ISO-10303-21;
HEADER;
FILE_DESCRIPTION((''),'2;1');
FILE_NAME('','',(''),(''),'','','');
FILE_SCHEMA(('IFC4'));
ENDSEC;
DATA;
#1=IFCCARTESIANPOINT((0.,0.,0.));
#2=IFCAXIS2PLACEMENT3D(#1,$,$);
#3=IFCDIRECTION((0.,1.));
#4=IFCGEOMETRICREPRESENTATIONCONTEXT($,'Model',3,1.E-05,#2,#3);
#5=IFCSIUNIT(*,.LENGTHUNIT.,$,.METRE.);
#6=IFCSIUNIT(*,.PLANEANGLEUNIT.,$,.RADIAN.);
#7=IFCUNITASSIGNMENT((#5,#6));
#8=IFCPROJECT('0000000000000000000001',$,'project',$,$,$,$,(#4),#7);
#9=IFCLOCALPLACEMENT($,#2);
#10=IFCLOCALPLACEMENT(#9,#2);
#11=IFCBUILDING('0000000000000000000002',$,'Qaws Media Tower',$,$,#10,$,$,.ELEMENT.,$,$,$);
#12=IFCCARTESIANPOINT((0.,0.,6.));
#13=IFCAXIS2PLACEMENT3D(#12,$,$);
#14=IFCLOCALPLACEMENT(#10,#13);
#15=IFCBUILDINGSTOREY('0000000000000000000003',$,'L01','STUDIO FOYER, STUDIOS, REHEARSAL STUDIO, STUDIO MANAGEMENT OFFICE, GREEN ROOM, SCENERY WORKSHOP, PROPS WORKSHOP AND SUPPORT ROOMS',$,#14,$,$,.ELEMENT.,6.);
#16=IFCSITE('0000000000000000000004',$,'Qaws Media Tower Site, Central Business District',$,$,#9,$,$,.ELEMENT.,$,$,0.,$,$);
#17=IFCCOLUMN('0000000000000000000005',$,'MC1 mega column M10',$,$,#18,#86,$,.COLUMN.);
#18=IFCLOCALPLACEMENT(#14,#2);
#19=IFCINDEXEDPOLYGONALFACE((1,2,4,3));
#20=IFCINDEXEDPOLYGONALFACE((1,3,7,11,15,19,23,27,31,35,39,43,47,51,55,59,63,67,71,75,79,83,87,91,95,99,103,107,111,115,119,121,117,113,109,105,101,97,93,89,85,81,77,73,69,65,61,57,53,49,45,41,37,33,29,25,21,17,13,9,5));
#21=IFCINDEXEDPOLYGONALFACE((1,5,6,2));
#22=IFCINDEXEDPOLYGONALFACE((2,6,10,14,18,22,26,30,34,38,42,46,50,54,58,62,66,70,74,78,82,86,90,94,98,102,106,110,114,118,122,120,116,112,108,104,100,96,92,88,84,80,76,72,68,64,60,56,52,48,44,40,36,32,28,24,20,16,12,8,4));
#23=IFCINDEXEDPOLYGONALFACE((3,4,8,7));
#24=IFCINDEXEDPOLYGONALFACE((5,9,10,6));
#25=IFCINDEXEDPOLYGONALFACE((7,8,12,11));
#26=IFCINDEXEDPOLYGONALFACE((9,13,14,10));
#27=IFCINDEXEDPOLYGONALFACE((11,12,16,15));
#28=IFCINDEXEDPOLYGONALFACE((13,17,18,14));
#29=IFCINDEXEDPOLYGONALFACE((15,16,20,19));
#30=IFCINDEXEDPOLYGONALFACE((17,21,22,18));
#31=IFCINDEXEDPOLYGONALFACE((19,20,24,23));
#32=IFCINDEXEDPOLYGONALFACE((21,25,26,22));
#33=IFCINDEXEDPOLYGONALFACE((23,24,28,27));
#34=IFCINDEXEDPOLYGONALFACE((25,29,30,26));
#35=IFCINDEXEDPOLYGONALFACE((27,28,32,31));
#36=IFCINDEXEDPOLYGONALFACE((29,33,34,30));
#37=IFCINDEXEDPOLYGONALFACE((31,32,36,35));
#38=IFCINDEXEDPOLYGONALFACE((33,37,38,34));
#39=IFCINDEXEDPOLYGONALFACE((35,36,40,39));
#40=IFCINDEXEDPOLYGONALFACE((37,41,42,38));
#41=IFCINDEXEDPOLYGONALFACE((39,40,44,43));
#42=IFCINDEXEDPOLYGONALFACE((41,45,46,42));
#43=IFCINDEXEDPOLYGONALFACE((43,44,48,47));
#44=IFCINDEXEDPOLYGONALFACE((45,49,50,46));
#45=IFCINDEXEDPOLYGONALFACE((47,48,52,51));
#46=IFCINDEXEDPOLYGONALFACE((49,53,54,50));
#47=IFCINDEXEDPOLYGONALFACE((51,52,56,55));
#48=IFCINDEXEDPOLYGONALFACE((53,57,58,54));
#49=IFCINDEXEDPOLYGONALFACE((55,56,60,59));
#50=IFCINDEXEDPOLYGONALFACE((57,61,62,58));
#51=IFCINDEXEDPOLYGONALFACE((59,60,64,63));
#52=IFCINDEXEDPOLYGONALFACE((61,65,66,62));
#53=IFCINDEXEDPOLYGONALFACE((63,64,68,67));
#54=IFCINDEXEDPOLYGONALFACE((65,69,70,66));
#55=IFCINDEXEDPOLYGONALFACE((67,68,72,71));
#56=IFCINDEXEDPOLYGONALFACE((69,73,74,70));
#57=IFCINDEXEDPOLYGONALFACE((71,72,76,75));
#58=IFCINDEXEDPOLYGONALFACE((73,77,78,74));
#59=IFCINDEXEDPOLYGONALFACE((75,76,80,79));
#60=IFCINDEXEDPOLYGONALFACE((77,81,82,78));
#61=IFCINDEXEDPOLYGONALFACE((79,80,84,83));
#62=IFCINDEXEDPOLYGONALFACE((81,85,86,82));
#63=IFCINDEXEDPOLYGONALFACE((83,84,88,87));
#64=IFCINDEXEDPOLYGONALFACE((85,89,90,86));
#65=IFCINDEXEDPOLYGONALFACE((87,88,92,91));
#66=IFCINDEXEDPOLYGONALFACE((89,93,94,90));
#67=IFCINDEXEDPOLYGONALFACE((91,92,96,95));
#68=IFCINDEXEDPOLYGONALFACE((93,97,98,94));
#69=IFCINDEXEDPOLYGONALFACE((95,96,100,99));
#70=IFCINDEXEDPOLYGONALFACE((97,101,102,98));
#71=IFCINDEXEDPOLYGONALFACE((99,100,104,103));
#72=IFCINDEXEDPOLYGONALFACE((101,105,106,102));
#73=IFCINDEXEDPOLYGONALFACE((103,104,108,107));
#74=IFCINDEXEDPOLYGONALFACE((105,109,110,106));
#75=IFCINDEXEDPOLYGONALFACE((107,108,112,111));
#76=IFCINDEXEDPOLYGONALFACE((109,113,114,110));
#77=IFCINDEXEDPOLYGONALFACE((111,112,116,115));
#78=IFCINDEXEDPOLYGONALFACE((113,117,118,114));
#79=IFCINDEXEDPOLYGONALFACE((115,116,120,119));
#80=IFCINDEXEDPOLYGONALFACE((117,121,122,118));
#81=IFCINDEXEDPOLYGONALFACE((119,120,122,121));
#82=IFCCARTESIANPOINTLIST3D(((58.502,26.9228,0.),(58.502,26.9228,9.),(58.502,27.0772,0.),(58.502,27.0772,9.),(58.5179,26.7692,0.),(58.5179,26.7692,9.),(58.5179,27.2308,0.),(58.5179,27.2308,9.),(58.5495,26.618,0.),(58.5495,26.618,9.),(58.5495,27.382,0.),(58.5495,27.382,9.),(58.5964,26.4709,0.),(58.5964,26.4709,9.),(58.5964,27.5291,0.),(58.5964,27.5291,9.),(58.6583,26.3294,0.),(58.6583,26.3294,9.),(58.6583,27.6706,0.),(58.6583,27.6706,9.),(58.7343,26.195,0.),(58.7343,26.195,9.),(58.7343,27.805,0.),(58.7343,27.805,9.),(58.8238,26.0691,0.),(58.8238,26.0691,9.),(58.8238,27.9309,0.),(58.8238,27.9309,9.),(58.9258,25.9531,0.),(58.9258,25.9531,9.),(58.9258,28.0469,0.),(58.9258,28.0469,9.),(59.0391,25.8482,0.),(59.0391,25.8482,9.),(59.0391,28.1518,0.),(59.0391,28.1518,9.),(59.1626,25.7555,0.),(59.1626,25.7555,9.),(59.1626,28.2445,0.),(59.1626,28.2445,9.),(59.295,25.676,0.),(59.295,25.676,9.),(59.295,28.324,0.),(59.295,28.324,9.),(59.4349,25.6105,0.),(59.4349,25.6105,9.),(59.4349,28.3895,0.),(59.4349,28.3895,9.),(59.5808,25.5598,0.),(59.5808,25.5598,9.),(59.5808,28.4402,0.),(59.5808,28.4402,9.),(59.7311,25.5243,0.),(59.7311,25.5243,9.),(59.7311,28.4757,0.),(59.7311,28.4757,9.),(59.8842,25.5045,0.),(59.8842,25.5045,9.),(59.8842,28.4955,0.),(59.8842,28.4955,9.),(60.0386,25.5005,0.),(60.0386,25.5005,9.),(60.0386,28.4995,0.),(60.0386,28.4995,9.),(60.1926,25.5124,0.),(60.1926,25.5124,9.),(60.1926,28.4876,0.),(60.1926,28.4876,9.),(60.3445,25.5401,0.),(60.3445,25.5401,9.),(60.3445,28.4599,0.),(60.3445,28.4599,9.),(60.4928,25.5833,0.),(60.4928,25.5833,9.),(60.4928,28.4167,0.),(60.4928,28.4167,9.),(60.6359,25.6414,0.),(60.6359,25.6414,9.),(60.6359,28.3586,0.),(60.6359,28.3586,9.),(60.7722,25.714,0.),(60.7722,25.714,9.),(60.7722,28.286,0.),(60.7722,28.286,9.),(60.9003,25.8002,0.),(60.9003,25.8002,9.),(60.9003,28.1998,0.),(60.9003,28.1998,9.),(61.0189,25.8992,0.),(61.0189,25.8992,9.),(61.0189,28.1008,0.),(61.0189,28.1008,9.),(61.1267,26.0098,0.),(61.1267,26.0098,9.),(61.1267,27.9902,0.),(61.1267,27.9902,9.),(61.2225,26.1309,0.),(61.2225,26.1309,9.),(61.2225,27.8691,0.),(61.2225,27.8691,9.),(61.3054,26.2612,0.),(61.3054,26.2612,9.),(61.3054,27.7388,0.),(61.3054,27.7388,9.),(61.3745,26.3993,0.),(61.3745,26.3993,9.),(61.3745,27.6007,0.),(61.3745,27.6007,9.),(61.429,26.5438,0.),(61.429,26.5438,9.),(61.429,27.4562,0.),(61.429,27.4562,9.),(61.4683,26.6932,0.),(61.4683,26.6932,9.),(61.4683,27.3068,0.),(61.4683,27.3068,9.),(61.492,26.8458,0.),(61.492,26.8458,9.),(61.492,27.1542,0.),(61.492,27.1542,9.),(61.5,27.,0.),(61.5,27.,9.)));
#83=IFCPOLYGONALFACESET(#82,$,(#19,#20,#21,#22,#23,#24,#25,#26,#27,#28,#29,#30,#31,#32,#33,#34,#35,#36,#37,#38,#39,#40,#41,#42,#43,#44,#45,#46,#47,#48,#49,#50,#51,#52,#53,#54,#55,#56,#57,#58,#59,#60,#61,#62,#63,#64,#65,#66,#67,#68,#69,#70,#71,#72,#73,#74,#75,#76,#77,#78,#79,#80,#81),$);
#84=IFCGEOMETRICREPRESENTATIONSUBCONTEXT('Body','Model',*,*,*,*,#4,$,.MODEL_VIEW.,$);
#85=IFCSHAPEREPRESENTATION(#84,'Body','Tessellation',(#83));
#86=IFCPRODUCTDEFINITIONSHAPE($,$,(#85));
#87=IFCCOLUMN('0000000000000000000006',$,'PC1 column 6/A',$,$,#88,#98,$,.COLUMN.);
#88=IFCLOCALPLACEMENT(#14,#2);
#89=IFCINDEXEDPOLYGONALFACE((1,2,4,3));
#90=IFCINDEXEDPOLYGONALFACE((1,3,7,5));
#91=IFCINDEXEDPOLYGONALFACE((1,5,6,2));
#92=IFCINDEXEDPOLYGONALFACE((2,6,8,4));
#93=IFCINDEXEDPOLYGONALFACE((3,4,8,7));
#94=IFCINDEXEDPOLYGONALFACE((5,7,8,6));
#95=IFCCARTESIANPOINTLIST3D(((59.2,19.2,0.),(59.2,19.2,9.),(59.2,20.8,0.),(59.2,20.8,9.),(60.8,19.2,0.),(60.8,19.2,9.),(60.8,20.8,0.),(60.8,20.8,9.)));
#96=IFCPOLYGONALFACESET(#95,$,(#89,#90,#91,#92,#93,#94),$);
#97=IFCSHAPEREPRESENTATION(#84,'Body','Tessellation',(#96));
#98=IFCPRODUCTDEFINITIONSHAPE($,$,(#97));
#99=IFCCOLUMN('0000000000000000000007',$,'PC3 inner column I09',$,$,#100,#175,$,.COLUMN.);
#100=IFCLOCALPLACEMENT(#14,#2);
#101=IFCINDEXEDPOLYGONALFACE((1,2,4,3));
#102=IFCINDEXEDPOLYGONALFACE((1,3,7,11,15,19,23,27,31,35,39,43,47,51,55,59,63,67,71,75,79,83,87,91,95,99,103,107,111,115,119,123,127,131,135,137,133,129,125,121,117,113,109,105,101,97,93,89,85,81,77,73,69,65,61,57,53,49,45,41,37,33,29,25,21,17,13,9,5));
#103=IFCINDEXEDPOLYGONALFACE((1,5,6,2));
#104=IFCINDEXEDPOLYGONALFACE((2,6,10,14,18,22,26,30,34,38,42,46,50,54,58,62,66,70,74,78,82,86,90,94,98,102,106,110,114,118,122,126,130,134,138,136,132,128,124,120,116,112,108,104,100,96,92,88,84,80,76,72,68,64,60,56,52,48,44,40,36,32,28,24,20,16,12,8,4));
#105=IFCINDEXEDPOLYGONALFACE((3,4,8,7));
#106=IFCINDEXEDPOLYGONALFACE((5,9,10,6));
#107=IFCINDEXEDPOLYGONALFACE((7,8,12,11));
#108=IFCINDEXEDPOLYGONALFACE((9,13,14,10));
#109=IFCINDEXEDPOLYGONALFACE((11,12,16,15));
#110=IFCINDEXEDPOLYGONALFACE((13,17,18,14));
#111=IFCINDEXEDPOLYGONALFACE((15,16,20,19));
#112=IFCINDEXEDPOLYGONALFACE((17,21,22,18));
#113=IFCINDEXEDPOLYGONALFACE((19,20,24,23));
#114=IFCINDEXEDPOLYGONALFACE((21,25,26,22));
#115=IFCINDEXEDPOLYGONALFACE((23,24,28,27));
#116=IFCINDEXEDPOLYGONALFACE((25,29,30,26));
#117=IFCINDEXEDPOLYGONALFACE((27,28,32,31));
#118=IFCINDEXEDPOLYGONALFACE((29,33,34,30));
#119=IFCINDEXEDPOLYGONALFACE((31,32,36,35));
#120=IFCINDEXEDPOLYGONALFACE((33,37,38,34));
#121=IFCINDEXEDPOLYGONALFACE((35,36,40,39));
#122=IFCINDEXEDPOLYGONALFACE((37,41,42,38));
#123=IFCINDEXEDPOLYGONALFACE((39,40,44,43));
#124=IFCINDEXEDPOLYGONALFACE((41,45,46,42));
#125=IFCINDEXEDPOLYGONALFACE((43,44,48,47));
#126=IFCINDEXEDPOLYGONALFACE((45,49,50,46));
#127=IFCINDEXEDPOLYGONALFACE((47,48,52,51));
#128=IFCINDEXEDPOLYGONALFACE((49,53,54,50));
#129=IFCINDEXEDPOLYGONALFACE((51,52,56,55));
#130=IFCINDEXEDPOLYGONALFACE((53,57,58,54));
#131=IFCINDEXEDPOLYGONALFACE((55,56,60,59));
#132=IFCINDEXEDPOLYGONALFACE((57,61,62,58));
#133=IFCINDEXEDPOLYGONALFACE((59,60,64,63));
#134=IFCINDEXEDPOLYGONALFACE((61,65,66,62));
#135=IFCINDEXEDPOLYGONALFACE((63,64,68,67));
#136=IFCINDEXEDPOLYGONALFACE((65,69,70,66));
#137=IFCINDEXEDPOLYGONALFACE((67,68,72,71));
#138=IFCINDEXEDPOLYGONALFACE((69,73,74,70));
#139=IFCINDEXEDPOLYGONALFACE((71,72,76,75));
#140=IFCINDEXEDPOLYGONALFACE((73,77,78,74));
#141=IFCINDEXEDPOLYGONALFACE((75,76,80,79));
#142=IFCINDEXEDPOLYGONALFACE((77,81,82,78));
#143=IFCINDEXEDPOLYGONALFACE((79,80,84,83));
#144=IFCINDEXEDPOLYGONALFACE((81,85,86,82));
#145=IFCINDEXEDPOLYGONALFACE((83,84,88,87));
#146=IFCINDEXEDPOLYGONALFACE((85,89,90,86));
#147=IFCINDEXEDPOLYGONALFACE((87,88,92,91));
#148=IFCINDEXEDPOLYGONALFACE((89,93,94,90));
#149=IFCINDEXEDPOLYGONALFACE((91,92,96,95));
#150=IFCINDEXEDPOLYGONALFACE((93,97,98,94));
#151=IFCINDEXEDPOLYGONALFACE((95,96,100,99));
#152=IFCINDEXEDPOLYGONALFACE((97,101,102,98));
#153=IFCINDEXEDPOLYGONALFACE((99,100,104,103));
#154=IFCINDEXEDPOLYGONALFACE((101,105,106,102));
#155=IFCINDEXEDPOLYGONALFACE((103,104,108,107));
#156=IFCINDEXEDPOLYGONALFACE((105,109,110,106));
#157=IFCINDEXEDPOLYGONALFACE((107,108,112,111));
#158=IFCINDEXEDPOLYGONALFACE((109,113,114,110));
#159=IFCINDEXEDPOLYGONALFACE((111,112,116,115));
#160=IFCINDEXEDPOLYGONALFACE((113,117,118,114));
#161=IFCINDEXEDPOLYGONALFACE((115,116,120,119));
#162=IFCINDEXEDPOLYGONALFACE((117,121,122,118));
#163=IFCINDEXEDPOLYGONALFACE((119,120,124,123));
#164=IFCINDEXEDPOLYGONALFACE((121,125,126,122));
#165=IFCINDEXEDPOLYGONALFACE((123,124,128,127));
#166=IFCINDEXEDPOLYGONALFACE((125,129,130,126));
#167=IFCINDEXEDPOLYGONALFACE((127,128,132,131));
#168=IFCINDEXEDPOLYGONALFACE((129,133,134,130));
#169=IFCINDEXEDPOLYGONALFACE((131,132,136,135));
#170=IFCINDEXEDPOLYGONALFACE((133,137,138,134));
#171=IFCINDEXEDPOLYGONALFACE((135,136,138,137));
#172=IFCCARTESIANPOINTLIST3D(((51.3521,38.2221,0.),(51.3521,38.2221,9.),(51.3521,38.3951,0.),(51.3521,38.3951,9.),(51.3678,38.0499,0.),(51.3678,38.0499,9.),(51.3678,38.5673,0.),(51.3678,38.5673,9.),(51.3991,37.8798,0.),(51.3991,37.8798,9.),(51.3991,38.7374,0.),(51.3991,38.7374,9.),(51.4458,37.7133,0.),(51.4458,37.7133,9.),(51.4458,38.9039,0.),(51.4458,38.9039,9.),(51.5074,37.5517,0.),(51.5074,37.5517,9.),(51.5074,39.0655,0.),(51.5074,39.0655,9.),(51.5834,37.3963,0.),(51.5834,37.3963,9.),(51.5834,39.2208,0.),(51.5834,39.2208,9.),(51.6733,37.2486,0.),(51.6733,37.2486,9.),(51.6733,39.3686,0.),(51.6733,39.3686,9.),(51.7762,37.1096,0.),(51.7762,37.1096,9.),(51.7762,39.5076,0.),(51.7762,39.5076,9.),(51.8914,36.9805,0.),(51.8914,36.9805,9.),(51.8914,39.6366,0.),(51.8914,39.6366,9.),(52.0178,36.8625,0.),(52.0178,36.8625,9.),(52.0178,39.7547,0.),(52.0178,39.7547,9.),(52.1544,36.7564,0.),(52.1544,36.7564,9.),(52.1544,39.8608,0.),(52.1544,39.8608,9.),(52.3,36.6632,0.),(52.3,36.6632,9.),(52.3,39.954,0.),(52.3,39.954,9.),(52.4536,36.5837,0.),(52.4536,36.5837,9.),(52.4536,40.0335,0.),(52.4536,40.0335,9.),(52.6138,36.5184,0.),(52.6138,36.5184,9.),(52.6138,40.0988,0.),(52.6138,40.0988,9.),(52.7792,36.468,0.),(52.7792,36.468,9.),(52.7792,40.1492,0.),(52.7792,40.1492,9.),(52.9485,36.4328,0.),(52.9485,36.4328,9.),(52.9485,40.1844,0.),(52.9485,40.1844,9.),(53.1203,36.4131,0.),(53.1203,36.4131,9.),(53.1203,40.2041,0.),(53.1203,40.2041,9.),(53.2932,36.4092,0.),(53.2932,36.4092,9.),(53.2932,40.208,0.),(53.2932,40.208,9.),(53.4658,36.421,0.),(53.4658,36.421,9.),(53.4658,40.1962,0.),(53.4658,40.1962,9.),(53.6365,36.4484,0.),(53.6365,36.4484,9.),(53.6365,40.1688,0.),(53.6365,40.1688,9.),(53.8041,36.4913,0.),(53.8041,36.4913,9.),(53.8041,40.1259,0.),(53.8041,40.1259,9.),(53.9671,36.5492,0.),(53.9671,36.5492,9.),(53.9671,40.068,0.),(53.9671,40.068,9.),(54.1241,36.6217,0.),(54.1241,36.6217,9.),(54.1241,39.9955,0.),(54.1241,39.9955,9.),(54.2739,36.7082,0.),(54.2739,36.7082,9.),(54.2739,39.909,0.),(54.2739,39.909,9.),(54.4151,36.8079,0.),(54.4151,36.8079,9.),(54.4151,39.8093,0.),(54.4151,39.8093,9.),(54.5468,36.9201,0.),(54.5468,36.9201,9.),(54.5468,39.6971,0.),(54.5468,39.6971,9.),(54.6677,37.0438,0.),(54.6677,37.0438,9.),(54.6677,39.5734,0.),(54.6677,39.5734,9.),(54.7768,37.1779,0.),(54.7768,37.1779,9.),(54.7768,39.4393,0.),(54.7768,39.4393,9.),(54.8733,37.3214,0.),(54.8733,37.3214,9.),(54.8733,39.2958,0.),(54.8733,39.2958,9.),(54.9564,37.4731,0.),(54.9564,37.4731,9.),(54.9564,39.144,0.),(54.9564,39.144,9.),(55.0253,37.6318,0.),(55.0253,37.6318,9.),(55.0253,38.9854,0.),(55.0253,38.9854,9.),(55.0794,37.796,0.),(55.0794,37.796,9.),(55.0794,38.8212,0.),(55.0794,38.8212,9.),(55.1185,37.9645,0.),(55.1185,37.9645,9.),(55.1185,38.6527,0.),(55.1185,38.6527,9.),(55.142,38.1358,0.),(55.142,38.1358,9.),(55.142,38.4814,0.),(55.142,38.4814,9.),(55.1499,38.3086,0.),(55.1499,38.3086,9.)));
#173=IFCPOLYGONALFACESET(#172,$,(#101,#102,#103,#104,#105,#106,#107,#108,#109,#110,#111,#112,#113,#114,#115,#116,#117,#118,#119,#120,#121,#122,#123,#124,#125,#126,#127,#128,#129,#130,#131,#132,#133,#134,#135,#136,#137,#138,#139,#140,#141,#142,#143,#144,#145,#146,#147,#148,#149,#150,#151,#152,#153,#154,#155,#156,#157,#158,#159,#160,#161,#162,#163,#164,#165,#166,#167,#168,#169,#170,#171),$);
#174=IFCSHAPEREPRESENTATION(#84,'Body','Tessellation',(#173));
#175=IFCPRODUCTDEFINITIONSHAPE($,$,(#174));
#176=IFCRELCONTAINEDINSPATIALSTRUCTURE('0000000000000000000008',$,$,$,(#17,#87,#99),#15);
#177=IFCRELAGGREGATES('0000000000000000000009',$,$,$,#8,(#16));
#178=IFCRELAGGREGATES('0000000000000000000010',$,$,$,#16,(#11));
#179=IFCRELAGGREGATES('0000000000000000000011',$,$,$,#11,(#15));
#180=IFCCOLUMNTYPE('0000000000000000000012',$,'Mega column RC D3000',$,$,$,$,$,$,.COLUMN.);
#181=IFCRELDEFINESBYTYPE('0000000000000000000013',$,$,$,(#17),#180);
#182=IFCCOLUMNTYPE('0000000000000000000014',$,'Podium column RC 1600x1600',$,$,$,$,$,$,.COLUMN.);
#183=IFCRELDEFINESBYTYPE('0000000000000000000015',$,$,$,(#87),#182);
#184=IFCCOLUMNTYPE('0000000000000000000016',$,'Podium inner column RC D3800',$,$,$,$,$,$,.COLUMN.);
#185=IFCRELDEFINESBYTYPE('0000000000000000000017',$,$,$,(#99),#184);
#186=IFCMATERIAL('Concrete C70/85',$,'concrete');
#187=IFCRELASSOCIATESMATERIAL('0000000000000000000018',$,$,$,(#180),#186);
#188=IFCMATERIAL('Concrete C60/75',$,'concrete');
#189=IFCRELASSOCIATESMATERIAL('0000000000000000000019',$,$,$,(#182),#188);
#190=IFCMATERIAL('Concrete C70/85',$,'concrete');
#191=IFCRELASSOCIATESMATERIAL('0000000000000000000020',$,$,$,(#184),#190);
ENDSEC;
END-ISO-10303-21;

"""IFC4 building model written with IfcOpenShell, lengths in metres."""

from ifc_helpers import new_model, si_unit, direction, frame, origin, origin_2d, place, context, subcontext, project, spatial, rectangle, circle, extrude, material, material_profile, profile_set, type_object, element, save


model = new_model("IFC4")

# Units and contexts
model_context = context("Model", 3, precision=1e-05, world=origin(), true_north=direction((0.0, 1.0)))
body_context = subcontext(model_context, "Body", "Model", "MODEL_VIEW")
ifc_project = project(units=[si_unit("LENGTHUNIT", "METRE"), si_unit("PLANEANGLEUNIT", "RADIAN")], contexts=[model_context])

# Site, building, storey
site_placement = place(None, origin())
site = spatial("IfcSite", under=ifc_project, at=site_placement, Name="Qaws Media Tower Site, Central Business District", CompositionType="ELEMENT", RefElevation=0.0)
building_placement = place(site_placement, origin())
building = spatial("IfcBuilding", under=site, at=building_placement, Name="Qaws Media Tower", CompositionType="ELEMENT")
storey_placement = place(building_placement, frame((0.0, 0.0, 6.0)))
storey = spatial("IfcBuildingStorey", under=building, at=storey_placement, Name="L01", Description="STUDIO FOYER, STUDIOS, REHEARSAL STUDIO, STUDIO MANAGEMENT OFFICE, GREEN ROOM, SCENERY WORKSHOP, PROPS WORKSHOP AND SUPPORT ROOMS", CompositionType="ELEMENT", Elevation=6.0)

# Columns
ifc_material_1 = material(Name="Concrete C70/85", Category="concrete")
ifc_material_profile_1 = material_profile(ifc_material_1, circle(Radius=1.5, at=origin_2d()), Name="RC D3000")
ifc_profile_set_1 = profile_set([ifc_material_profile_1], Name="Concrete C70/85")
column_type_1 = type_object("IfcColumnType", Name="Mega column RC D3000", PredefinedType="COLUMN", material=ifc_profile_set_1)
column_1_placement = place(storey_placement, frame((60.0, 27.0, 0.0), z_axis=(0.0, 0.0, 1.0), x_axis=(1.0, 0.0, 0.0)))
element("IfcColumn", 1, at=column_1_placement, inside=storey, type_object=column_type_1, Name="MC1 mega column M10", PredefinedType="COLUMN", context=body_context, shape_type="SweptSolid", body=[
    extrude(circle(Radius=1.5, at=origin_2d()), origin(), (0.0, 0.0, 1.0), 9.0),
])
ifc_material_2 = material(Name="Concrete C60/75", Category="concrete")
ifc_material_profile_2 = material_profile(ifc_material_2, rectangle(XDim=1.6001, YDim=1.6001, at=origin_2d()), Name="RC 1600x1600")
ifc_profile_set_2 = profile_set([ifc_material_profile_2], Name="Concrete C60/75")
column_type_2 = type_object("IfcColumnType", Name="Podium column RC 1600x1600", PredefinedType="COLUMN", material=ifc_profile_set_2)
column_2_placement = place(storey_placement, frame((60.0, 20.0, 0.0), z_axis=(0.0, 0.0, 1.0), x_axis=(1.0, 0.0, 0.0)))
element("IfcColumn", 2, at=column_2_placement, inside=storey, type_object=column_type_2, Name="PC1 column 6/A", PredefinedType="COLUMN", context=body_context, shape_type="SweptSolid", body=[
    extrude(rectangle(XDim=1.6001, YDim=1.6001, at=origin_2d()), origin(), (0.0, 0.0, 1.0), 9.0),
])
ifc_material_3 = material(Name="Concrete C70/85", Category="concrete")
ifc_material_profile_3 = material_profile(ifc_material_3, circle(Radius=1.8999, at=origin_2d()), Name="RC D3800")
ifc_profile_set_3 = profile_set([ifc_material_profile_3], Name="Concrete C70/85")
column_type_3 = type_object("IfcColumnType", Name="Podium inner column RC D3800", PredefinedType="COLUMN", material=ifc_profile_set_3)
for number, where, z_axis, x_axis, name in (
    (3, (53.25, 38.3086, 0.0), (0.0, 0.0, 1.0), (1.0, 0.0, 0.0), "PC3 inner column I09"),
):
    element("IfcColumn", number, at=place(storey_placement, frame(where, z_axis=z_axis, x_axis=x_axis)), inside=storey, type_object=column_type_3, Name=name, PredefinedType="COLUMN", context=body_context, shape_type="SweptSolid", body=[
        extrude(circle(Radius=1.8999, at=origin_2d()), origin(), (0.0, 0.0, 1.0), 9.0),
    ])

save(model, "model.ifc")
